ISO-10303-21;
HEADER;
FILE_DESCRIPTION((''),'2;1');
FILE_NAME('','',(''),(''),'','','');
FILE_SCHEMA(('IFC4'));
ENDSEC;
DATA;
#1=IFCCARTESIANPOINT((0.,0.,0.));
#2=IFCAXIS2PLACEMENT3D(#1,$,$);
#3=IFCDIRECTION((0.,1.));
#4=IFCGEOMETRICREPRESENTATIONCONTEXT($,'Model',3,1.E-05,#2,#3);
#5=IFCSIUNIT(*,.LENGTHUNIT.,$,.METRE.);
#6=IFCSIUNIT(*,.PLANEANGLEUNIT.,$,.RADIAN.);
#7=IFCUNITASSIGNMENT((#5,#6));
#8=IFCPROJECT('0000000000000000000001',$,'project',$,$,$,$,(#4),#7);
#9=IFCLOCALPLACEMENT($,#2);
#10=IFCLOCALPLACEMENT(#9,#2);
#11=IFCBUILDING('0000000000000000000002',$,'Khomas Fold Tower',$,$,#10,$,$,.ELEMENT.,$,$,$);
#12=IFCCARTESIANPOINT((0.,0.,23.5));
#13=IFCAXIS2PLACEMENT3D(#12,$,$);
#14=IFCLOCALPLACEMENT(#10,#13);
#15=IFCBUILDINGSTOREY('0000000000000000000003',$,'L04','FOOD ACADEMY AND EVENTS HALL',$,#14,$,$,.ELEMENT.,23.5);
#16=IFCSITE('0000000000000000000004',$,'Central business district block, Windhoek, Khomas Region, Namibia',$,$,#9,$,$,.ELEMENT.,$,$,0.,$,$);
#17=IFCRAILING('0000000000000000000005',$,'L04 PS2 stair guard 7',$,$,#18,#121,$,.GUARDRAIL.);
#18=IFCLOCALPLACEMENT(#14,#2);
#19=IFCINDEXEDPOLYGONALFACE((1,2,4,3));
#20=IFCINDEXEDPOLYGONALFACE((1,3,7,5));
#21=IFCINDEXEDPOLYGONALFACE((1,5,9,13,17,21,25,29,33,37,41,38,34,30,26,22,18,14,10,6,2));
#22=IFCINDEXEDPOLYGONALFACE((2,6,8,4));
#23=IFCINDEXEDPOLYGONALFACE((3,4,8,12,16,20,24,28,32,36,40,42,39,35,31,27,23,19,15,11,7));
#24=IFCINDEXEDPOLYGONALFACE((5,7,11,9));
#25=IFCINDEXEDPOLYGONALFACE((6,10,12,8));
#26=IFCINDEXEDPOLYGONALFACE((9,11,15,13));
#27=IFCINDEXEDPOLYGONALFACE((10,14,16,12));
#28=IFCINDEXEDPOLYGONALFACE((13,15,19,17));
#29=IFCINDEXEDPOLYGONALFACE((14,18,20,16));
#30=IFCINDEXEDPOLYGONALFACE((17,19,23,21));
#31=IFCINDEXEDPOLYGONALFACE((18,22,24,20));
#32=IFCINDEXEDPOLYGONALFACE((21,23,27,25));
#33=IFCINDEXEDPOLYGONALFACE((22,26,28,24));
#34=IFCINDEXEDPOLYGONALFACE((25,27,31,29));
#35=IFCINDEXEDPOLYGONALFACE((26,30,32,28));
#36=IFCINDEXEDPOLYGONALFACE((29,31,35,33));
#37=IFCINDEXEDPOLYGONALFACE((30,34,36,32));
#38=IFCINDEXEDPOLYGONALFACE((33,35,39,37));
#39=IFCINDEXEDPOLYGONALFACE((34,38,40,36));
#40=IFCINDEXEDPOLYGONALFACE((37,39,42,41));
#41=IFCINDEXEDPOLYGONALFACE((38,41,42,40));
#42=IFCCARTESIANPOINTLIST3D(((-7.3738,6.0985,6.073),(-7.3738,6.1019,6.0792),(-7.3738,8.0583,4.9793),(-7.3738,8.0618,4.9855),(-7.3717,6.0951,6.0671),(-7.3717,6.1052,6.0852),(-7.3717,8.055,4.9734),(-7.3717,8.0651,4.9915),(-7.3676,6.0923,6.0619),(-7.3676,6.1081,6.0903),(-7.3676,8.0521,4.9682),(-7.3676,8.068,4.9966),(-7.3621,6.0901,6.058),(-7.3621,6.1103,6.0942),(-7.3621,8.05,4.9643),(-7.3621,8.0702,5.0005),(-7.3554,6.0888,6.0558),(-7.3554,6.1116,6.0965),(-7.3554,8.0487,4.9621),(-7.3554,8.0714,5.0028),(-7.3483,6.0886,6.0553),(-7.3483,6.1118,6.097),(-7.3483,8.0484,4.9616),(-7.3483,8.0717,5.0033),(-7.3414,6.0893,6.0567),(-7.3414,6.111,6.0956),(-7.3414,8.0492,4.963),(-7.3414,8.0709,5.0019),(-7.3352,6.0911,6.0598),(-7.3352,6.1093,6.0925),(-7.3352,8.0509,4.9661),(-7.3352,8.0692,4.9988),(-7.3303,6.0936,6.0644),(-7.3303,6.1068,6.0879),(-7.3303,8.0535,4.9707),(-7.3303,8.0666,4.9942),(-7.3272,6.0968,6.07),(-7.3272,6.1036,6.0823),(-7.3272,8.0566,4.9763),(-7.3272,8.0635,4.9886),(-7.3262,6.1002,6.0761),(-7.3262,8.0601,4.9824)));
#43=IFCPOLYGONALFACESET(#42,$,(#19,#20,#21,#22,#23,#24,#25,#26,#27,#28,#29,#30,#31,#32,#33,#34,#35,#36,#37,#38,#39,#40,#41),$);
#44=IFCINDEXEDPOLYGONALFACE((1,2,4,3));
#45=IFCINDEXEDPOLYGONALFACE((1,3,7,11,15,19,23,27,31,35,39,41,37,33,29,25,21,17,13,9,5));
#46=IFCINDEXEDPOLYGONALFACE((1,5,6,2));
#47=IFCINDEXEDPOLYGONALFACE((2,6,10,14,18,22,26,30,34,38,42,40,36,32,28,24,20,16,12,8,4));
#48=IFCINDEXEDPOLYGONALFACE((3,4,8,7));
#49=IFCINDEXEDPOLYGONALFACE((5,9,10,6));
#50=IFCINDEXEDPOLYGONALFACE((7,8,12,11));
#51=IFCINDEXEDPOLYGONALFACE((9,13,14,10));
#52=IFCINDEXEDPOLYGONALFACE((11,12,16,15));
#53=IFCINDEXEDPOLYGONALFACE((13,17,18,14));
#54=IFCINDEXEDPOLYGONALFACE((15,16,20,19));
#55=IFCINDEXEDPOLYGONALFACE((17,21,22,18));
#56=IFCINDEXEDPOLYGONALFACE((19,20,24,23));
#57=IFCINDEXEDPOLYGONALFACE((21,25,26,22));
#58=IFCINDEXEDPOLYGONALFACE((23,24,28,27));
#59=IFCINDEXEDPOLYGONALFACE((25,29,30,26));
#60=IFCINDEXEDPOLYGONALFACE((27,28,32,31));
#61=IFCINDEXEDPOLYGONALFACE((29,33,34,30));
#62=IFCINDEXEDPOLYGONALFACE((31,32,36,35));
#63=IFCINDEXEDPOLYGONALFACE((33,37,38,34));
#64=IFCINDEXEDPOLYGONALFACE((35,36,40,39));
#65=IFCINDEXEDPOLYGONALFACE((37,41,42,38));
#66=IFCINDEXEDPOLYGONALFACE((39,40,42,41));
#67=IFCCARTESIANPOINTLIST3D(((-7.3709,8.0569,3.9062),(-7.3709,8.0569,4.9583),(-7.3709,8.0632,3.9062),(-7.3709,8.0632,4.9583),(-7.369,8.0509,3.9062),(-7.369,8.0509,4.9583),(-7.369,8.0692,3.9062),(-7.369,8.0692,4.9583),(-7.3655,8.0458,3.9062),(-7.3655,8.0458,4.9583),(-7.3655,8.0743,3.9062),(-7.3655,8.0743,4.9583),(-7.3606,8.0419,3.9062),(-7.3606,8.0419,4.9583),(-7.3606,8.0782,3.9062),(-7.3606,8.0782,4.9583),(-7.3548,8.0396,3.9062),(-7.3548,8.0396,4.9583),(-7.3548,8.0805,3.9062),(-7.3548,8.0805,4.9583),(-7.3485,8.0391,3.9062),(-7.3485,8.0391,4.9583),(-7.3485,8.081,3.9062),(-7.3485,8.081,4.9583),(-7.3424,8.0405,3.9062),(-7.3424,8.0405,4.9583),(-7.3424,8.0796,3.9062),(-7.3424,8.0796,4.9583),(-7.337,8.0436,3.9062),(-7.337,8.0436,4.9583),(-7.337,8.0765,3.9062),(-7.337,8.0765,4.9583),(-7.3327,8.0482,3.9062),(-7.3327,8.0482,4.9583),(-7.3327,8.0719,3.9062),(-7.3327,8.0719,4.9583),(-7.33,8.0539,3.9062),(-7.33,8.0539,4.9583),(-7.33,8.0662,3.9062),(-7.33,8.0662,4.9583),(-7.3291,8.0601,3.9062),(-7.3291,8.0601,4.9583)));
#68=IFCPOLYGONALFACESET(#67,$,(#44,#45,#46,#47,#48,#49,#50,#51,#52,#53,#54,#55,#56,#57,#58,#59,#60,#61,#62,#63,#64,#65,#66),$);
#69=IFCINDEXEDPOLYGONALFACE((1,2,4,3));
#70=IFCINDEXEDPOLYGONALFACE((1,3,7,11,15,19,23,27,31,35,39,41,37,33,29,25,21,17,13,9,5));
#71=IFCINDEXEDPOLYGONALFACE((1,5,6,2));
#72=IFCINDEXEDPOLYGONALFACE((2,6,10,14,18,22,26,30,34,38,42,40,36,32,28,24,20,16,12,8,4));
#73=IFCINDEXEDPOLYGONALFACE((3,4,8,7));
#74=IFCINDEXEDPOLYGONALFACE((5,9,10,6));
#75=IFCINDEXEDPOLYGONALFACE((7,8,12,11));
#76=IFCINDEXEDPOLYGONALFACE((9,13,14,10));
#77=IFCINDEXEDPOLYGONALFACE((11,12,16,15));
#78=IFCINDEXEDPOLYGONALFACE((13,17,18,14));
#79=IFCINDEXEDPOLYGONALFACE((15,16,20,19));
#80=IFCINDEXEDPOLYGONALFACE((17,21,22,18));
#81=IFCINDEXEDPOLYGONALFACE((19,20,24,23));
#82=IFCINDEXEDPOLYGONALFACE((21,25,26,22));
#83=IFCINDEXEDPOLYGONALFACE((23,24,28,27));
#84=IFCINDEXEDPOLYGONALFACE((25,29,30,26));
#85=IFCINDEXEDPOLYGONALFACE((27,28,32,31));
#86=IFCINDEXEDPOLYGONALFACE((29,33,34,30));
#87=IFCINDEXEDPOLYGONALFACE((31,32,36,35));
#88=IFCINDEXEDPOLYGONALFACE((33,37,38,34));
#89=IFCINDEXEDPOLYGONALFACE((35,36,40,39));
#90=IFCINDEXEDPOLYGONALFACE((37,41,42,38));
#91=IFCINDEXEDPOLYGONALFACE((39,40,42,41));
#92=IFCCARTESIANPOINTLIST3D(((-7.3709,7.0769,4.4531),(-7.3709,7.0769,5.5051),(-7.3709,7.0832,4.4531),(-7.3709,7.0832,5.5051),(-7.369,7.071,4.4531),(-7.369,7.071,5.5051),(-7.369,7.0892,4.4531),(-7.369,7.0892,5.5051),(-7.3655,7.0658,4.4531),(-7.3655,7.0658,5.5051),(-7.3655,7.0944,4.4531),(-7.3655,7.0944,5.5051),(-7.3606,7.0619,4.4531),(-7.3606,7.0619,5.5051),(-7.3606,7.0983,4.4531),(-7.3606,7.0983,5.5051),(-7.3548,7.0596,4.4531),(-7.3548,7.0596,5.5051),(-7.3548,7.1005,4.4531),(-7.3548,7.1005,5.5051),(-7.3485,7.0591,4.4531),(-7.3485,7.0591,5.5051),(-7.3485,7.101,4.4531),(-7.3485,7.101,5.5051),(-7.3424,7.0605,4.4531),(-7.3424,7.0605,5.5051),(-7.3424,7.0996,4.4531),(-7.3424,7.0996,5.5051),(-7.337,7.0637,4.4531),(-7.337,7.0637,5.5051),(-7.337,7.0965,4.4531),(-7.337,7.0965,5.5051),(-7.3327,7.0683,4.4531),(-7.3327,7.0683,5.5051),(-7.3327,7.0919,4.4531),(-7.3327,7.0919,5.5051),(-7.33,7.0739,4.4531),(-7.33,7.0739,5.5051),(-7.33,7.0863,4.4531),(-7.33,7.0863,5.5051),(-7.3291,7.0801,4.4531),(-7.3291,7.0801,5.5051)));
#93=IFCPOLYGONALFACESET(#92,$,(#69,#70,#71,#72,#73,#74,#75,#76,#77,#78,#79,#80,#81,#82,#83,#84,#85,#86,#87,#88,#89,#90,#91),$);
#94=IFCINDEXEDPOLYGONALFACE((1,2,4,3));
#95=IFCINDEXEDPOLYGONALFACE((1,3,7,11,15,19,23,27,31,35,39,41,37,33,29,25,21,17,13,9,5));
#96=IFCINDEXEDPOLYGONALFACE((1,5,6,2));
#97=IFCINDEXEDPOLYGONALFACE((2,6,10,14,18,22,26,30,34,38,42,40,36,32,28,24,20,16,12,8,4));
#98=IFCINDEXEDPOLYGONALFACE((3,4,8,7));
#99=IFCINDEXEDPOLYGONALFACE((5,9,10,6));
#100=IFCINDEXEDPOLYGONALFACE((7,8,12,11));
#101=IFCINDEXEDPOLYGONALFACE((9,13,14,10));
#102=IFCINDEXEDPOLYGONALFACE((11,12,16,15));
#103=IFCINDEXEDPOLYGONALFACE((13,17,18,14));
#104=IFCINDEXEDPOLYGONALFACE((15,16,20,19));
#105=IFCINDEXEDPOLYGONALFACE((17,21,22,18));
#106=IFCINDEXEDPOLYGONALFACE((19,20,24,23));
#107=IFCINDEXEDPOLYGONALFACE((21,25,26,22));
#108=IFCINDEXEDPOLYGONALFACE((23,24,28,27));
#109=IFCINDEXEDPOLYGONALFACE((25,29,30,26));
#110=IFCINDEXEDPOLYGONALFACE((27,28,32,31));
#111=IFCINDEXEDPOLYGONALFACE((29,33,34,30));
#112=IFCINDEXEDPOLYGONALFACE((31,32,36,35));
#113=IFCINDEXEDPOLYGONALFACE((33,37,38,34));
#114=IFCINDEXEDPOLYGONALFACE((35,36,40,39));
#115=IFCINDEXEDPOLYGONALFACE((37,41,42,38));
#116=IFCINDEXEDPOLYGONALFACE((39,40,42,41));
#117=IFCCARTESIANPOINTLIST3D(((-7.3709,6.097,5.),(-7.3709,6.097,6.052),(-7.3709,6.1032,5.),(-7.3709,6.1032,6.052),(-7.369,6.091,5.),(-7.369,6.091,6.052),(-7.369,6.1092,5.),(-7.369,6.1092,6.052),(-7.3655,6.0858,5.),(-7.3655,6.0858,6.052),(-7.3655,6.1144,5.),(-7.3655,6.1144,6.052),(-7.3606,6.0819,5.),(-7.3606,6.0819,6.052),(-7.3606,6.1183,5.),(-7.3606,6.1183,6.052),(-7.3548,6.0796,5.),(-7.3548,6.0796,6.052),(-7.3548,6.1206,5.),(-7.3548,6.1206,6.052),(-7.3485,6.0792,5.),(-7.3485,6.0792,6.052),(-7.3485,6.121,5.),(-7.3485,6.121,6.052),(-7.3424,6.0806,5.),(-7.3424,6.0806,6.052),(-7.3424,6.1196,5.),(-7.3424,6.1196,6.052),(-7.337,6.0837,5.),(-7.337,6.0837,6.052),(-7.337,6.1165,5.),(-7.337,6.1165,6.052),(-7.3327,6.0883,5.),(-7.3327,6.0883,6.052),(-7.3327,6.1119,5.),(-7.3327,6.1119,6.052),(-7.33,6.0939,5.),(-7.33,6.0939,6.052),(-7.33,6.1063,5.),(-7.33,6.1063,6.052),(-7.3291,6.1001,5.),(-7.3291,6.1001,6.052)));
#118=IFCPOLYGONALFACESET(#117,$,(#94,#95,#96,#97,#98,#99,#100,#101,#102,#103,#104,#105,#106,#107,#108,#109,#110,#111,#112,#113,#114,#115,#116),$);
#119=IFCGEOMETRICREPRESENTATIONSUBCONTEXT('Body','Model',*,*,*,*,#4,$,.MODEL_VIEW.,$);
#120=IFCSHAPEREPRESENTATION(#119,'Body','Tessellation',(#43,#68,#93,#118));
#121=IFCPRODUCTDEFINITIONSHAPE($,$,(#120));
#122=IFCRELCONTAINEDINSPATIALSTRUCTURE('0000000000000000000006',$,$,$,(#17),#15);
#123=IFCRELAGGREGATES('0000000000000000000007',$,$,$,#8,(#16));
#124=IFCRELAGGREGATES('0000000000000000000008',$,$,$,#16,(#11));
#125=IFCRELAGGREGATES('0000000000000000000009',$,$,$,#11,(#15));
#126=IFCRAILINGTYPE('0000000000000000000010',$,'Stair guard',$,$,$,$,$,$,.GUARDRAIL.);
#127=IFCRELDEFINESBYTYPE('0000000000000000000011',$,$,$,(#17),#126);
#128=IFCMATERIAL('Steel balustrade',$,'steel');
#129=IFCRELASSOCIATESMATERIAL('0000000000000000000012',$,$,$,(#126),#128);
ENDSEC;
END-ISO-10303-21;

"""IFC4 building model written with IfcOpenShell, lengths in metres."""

from ifc_helpers import new_model, si_unit, direction, frame, origin, origin_2d, place, context, subcontext, project, spatial, circle, extrude, source, transform, mapped, material, type_object, element, save


model = new_model("IFC4")

# Units and contexts
model_context = context("Model", 3, precision=1e-05, world=origin(), true_north=direction((0.0, 1.0)))
body_context = subcontext(model_context, "Body", "Model", "MODEL_VIEW")
ifc_project = project(units=[si_unit("LENGTHUNIT", "METRE"), si_unit("PLANEANGLEUNIT", "RADIAN")], contexts=[model_context])

# Site, building, storey
site_placement = place(None, origin())
site = spatial("IfcSite", under=ifc_project, at=site_placement, Name="Central business district block, Windhoek, Khomas Region, Namibia", CompositionType="ELEMENT", RefElevation=0.0)
building_placement = place(site_placement, origin())
building = spatial("IfcBuilding", under=site, at=building_placement, Name="Khomas Fold Tower", CompositionType="ELEMENT")
storey_placement = place(building_placement, frame((0.0, 0.0, 23.5)))
storey = spatial("IfcBuildingStorey", under=building, at=storey_placement, Name="L04", Description="FOOD ACADEMY AND EVENTS HALL", CompositionType="ELEMENT", Elevation=23.5)

# Railing
ifc_material_1 = material(Name="Steel balustrade", Category="steel")
railing_type_1 = type_object("IfcRailingType", Name="Stair guard", PredefinedType="GUARDRAIL", material=ifc_material_1)
shared_shape_1 = source(origin(), body_context, "Body", "SweptSolid", [
    extrude(circle(Radius=0.0239, at=origin_2d()), frame((0.0, 0.0, 1.0762), z_axis=(0.0, -0.873232, 0.487304), x_axis=(1.0, 0.0, 0.0)), (0.0, 0.0, 1.0), 2.2444),
    extrude(circle(Radius=0.021, at=origin_2d()), origin(), (0.0, 0.0, 1.0), 1.052),
    extrude(circle(Radius=0.021, at=origin_2d()), frame((0.0, -0.98, 0.5469)), (0.0, 0.0, 1.0), 1.052),
    extrude(circle(Radius=0.021, at=origin_2d()), frame((0.0, -1.96, 1.0938)), (0.0, 0.0, 1.0), 1.052),
])
for number, where, name in (
    (1, (-7.3501, 8.0601, 3.9062), "L04 PS2 stair guard 7"),
):
    element("IfcRailing", number, at=place(storey_placement, frame(where)), inside=storey, type_object=railing_type_1, Name=name, PredefinedType="GUARDRAIL", context=body_context, shape_type="MappedRepresentation", body=[
        mapped(shared_shape_1, transform((0.0, 0.0, 0.0))),
    ])

save(model, "model.ifc")
